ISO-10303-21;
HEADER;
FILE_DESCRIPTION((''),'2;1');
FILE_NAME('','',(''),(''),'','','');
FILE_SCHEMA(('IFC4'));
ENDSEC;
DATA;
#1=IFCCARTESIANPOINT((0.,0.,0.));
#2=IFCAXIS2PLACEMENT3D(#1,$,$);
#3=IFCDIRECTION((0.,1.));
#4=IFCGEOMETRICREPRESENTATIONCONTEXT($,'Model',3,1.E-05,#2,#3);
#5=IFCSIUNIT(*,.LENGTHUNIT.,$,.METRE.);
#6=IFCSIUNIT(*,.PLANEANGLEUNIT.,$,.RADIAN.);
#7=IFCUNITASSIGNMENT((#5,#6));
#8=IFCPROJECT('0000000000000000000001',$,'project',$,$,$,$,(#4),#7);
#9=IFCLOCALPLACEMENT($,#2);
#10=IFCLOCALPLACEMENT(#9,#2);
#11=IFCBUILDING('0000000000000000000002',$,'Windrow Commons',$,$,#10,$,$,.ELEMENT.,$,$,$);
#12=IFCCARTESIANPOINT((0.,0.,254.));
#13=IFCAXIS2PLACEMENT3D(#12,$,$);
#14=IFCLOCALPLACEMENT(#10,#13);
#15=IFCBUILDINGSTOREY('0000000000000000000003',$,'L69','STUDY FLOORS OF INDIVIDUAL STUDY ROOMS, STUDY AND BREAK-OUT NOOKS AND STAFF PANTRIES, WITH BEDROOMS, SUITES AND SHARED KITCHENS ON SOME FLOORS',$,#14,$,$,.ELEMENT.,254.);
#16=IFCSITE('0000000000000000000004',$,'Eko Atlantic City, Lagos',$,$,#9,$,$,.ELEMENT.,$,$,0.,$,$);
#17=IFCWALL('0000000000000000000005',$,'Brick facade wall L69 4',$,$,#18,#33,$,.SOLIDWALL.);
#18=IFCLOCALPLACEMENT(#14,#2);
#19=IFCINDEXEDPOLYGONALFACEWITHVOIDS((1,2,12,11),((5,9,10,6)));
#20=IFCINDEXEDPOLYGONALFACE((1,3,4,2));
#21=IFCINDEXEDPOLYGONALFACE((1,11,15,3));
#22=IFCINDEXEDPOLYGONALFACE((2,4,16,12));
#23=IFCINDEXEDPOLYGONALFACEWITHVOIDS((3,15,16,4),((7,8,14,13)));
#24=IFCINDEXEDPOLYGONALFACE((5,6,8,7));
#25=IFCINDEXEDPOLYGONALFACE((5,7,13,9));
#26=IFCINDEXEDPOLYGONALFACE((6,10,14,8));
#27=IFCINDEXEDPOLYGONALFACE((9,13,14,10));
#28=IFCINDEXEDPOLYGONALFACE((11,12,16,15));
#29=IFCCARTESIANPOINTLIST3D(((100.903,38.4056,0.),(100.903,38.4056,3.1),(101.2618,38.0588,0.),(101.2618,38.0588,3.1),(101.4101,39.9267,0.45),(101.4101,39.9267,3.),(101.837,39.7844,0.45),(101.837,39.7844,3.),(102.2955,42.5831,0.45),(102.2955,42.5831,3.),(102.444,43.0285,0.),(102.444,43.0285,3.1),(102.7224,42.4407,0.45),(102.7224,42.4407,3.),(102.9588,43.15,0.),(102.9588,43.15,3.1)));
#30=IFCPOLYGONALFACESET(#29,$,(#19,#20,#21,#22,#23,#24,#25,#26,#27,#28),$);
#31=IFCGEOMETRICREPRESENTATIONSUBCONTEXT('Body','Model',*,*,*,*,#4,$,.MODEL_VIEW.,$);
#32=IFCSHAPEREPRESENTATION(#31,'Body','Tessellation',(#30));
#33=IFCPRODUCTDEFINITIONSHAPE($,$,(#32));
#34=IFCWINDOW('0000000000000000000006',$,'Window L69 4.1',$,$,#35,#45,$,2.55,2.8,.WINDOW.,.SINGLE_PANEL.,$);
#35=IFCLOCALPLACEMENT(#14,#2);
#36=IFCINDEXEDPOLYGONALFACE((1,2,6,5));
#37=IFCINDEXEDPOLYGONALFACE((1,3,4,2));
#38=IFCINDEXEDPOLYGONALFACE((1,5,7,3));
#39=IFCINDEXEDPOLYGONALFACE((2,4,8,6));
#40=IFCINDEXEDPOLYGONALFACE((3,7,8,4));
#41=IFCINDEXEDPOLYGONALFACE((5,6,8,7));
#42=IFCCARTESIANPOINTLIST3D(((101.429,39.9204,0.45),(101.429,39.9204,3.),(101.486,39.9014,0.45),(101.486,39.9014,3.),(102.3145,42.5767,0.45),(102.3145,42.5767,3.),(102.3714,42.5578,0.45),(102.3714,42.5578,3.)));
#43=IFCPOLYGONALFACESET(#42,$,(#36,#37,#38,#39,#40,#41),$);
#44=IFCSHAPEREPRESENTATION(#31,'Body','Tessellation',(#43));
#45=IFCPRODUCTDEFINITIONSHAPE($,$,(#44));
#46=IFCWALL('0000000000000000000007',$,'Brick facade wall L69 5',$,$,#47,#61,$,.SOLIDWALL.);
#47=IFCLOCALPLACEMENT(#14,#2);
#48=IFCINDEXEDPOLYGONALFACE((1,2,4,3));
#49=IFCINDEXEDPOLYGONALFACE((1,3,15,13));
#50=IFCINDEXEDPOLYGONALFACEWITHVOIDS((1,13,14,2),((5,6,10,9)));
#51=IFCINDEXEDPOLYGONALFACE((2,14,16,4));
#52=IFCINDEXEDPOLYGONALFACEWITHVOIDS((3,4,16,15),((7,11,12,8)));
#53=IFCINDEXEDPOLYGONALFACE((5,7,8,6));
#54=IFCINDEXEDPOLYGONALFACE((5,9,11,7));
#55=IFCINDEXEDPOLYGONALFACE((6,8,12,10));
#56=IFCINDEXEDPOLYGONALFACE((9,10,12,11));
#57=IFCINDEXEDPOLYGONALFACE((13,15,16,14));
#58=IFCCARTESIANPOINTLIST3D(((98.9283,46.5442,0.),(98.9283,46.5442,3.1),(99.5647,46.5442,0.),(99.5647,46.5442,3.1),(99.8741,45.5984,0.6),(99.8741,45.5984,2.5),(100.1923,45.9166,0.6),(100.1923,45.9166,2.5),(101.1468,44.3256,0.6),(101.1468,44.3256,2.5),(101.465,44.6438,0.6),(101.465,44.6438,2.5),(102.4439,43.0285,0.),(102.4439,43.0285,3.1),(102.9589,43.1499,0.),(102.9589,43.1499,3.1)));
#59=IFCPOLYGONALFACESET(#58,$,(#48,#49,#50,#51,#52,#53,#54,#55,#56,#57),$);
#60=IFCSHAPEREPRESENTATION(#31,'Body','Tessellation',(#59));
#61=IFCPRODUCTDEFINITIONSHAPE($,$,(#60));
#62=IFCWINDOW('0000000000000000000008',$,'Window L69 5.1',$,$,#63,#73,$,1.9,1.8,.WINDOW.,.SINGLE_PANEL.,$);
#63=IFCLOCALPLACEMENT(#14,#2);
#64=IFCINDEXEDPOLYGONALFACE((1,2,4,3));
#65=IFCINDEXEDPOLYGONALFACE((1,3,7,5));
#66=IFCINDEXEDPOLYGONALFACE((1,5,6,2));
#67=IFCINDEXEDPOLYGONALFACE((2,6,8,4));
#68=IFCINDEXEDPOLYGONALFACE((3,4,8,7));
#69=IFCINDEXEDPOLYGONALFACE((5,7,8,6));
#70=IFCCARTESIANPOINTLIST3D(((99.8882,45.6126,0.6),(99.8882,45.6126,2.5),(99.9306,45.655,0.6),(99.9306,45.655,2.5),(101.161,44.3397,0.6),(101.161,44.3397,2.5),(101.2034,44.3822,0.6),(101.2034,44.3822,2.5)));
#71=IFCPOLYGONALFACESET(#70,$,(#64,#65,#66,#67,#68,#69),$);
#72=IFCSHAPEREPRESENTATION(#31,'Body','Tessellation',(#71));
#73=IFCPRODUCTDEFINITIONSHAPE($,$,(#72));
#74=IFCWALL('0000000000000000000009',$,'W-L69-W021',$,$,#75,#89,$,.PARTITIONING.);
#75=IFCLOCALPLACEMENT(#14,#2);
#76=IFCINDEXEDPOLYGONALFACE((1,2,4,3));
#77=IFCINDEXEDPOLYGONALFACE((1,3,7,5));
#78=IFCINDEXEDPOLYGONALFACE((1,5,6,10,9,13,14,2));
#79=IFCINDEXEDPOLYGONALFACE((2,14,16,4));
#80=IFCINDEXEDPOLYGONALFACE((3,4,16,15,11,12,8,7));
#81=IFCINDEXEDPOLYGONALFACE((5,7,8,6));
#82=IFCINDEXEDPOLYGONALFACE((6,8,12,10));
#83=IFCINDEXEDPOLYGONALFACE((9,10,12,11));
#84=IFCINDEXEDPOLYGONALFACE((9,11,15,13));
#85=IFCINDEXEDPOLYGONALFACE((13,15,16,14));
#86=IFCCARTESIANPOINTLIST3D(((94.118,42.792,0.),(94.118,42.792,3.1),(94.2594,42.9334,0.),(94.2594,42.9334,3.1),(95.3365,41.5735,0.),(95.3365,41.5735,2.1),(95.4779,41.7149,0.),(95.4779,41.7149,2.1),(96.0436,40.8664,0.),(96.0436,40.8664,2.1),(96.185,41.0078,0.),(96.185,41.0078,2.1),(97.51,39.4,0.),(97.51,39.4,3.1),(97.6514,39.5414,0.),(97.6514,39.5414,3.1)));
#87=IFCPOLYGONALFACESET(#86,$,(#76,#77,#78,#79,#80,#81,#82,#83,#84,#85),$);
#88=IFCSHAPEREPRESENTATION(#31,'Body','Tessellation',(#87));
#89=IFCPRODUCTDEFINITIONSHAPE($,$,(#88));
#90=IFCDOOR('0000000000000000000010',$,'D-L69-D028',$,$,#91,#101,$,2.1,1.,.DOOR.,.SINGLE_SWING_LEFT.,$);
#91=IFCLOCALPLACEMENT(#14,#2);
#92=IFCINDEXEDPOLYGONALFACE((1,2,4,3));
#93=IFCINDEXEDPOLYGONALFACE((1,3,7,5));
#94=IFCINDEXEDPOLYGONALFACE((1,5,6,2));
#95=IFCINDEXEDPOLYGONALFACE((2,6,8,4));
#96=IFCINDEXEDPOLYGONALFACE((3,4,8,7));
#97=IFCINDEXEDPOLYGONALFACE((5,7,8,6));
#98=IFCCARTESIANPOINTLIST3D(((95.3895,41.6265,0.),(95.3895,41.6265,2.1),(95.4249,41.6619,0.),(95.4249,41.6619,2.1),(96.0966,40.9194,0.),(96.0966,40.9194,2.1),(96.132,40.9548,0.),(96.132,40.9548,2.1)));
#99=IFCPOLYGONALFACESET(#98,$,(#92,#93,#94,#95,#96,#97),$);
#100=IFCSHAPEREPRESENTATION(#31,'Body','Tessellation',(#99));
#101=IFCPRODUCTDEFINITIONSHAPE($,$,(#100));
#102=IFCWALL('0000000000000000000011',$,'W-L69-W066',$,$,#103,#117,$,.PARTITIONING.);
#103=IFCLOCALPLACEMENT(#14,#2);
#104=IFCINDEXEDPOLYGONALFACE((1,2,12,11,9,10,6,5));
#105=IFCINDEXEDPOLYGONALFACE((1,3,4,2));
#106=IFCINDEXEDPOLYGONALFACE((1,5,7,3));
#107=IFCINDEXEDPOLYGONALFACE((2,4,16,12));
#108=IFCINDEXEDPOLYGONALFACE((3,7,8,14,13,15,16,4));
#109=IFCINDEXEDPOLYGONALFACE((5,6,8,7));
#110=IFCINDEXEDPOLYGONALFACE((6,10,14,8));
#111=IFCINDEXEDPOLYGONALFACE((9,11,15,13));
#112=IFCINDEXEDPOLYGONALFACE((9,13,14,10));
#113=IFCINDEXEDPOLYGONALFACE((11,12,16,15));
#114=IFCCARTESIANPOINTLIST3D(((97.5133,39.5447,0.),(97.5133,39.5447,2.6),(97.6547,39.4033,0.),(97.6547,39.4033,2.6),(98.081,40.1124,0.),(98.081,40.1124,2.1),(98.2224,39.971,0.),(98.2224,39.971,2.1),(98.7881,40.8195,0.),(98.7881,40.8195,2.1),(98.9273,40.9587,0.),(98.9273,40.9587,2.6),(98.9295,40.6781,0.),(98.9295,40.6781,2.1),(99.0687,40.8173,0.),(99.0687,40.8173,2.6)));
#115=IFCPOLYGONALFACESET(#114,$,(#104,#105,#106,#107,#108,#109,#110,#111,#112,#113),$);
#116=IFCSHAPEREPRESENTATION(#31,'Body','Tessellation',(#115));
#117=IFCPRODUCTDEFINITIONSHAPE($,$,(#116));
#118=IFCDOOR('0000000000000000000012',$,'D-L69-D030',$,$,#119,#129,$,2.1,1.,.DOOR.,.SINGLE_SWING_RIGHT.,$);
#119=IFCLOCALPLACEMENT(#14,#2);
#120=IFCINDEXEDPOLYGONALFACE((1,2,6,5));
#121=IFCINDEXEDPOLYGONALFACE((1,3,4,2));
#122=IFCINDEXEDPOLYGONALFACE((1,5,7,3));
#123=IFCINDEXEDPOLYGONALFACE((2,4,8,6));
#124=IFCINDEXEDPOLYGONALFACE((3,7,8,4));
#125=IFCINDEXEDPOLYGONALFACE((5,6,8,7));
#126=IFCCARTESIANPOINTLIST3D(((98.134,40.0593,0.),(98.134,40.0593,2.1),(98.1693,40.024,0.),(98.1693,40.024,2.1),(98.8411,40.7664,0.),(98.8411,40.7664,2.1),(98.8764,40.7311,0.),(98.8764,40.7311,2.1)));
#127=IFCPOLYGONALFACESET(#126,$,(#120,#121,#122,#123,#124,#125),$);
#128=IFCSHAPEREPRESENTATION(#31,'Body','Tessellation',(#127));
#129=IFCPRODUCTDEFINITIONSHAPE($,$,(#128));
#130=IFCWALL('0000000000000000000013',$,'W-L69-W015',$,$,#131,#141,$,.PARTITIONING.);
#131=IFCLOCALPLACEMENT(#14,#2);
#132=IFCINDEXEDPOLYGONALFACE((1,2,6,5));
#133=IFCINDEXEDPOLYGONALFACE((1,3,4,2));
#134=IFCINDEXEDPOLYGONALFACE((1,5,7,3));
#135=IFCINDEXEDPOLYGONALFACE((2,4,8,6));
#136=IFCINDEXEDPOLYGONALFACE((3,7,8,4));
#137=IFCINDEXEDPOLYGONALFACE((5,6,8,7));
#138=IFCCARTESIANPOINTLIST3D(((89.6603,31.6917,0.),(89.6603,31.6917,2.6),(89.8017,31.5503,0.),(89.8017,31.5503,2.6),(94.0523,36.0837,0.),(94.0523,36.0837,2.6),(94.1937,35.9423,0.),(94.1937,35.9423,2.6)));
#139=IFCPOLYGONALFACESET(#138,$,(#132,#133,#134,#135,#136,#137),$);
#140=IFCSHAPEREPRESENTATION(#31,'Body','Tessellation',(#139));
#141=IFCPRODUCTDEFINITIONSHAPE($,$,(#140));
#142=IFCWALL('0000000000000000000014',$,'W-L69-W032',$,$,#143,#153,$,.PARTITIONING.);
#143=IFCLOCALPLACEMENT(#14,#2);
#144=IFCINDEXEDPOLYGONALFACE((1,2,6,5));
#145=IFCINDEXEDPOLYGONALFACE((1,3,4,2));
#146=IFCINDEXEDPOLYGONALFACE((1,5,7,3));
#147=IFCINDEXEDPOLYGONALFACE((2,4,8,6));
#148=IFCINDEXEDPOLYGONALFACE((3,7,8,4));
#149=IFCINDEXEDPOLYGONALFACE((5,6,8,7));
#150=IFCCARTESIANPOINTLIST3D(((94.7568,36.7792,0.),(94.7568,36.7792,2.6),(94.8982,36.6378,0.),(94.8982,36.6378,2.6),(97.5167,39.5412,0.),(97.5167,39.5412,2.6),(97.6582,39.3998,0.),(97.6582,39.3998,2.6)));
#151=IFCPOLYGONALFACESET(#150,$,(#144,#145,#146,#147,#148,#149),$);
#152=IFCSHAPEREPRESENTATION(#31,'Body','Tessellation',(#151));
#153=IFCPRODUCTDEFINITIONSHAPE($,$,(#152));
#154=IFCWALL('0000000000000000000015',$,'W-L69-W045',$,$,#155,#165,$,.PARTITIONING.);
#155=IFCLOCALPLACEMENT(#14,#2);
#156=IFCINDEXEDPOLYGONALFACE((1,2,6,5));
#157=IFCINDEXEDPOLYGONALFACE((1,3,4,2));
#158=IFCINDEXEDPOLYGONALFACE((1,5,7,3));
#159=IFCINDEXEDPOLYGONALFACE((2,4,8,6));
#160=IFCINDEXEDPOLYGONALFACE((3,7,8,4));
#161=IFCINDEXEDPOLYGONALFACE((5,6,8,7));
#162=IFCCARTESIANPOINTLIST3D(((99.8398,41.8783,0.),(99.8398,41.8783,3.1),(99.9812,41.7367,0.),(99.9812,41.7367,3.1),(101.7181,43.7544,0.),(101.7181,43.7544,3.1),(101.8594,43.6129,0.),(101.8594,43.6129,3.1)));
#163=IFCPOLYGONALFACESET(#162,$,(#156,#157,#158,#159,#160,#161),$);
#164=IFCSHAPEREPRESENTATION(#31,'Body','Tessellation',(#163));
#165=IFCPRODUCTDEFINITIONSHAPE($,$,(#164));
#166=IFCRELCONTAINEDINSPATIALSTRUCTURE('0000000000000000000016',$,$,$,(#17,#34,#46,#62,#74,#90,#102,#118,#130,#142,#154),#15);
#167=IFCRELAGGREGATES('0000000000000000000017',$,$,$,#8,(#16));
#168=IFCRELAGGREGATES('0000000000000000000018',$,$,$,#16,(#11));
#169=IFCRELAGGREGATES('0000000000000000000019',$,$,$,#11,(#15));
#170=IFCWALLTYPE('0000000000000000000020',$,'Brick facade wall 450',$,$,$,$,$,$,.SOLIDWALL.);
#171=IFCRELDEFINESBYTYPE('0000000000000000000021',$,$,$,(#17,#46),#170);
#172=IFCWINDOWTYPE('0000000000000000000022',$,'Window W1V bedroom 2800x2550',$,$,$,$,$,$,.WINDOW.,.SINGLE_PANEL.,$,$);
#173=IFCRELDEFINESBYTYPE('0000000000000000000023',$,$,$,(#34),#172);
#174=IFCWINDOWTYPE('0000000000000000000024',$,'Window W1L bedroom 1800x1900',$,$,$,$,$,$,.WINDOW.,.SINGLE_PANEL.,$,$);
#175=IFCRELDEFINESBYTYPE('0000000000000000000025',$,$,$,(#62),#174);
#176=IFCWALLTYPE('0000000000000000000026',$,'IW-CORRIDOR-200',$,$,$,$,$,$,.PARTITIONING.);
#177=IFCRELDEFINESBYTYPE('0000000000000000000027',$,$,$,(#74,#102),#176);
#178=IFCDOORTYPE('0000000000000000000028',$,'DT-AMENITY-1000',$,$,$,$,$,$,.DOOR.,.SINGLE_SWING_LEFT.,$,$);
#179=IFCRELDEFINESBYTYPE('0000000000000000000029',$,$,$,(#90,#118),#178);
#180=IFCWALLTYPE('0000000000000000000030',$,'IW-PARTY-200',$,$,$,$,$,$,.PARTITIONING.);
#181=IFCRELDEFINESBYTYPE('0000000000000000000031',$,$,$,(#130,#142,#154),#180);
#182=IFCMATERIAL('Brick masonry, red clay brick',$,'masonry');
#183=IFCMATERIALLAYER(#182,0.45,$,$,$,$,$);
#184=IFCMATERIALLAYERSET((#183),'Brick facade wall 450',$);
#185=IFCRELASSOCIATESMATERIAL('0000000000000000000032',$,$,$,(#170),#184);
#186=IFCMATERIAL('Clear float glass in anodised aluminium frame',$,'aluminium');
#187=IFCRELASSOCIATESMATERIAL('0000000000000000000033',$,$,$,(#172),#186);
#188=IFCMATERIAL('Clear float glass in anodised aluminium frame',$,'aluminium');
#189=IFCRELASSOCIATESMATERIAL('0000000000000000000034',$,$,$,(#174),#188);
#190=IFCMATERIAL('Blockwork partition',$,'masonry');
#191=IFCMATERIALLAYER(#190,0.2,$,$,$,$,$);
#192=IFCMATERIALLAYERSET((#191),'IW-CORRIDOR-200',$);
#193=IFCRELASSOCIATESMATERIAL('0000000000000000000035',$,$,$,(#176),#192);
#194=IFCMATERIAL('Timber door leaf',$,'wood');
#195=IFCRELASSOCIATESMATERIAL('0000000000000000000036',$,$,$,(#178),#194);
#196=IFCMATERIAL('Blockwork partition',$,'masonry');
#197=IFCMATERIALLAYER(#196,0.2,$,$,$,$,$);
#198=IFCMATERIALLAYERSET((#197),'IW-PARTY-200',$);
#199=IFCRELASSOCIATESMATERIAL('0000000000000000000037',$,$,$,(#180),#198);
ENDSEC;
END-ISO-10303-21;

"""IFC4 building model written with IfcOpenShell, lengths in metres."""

from ifc_helpers import new_model, si_unit, direction, frame, frame_2d, origin, place, context, subcontext, project, spatial, polyline, rectangle, outline, extrude, material, layer, layer_set, type_object, element, fill, save


model = new_model("IFC4")

# Units and contexts
model_context = context("Model", 3, precision=1e-05, world=origin(), true_north=direction((0.0, 1.0)))
body_context = subcontext(model_context, "Body", "Model", "MODEL_VIEW")
ifc_project = project(units=[si_unit("LENGTHUNIT", "METRE"), si_unit("PLANEANGLEUNIT", "RADIAN")], contexts=[model_context])

# Site, building, storey
site_placement = place(None, origin())
site = spatial("IfcSite", under=ifc_project, at=site_placement, Name="Eko Atlantic City, Lagos", CompositionType="ELEMENT", RefElevation=0.0)
building_placement = place(site_placement, origin())
building = spatial("IfcBuilding", under=site, at=building_placement, Name="Windrow Commons", CompositionType="ELEMENT")
storey_placement = place(building_placement, frame((0.0, 0.0, 254.0)))
storey = spatial("IfcBuildingStorey", under=building, at=storey_placement, Name="L69", Description="STUDY FLOORS OF INDIVIDUAL STUDY ROOMS, STUDY AND BREAK-OUT NOOKS AND STAFF PANTRIES, WITH BEDROOMS, SUITES AND SHARED KITCHENS ON SOME FLOORS", CompositionType="ELEMENT", Elevation=254.0)

# Walls, openings, windows
ifc_material_1 = material(Name="Brick masonry, red clay brick", Category="masonry")
ifc_layer_1 = layer(ifc_material_1, 0.45)
ifc_layer_set_1 = layer_set([ifc_layer_1], Name="Brick facade wall 450")
wall_type_1 = type_object("IfcWallType", Name="Brick facade wall 450", PredefinedType="SOLIDWALL", material=ifc_layer_set_1)
ifc_material_2 = material(Name="Clear float glass in anodised aluminium frame", Category="aluminium")
window_type_1 = type_object("IfcWindowType", Name="Window W1V bedroom 2800x2550", PartitioningType="SINGLE_PANEL", PredefinedType="WINDOW", material=ifc_material_2)
wall_1_placement = place(storey_placement, frame((101.0824, 38.2322, 0.0), z_axis=(0.0, 0.0, 1.0), x_axis=(0.316228, 0.948683, 0.0)))
wall_1 = element("IfcWall", 1, at=wall_1_placement, inside=storey, type_object=wall_type_1, Name="Brick facade wall L69 4", PredefinedType="SOLIDWALL", context=body_context, shape_type="SweptSolid", body=[
    extrude(outline(polyline([(-0.1078, -0.225), (5.2588, -0.225), (4.9807, 0.225), (0.1078, 0.225), (-0.1078, -0.225)])), origin(), (0.0, 0.0, 1.0), 3.1),
])
opening_1_placement = place(wall_1_placement, frame((1.7112, 0.0, 0.45)))
opening_1 = element("IfcOpeningElement", 2, at=opening_1_placement, cuts=wall_1, PredefinedType="OPENING", context=body_context, shape_type="SweptSolid", body=[
    extrude(rectangle(XDim=2.8, YDim=2.55, at=frame_2d((1.4, 1.275))), frame((0.0, 0.235, 0.0), z_axis=(0.0, -1.0, 0.0), x_axis=(1.0, 0.0, 0.0)), (0.0, 0.0, 1.0), 0.47),
])
window_1_placement = place(opening_1_placement, origin())
window_1 = element("IfcWindow", 3, at=window_1_placement, inside=storey, type_object=window_type_1, Name="Window L69 4.1", OverallHeight=2.55, OverallWidth=2.8, PartitioningType="SINGLE_PANEL", PredefinedType="WINDOW", context=body_context, shape_type="SweptSolid", body=[
    extrude(rectangle(XDim=2.8, YDim=2.55, at=frame_2d((1.4, 1.275))), frame((0.0, 0.205, 0.0), z_axis=(0.0, -1.0, 0.0), x_axis=(1.0, 0.0, 0.0)), (0.0, 0.0, 1.0), 0.06),
])
fill(opening_1, window_1)
wall_2_placement = place(storey_placement, frame((102.7014, 43.0892, 0.0), z_axis=(0.0, 0.0, 1.0), x_axis=(-0.707097, 0.707117, 0.0)))
wall_2 = element("IfcWall", 4, at=wall_2_placement, inside=storey, type_object=wall_type_1, Name="Brick facade wall L69 5", PredefinedType="SOLIDWALL", context=body_context, shape_type="SweptSolid", body=[
    extrude(outline(polyline([(-0.1391, -0.225), (4.661, -0.225), (5.111, 0.225), (0.1391, 0.225), (-0.1391, -0.225)])), origin(), (0.0, 0.0, 1.0), 3.1),
])
opening_2_placement = place(wall_2_placement, frame((1.9735, 0.0, 0.6)))
opening_2 = element("IfcOpeningElement", 5, at=opening_2_placement, cuts=wall_2, PredefinedType="OPENING", context=body_context, shape_type="SweptSolid", body=[
    extrude(rectangle(XDim=1.8, YDim=1.9, at=frame_2d((0.9, 0.95))), frame((0.0, 0.235, 0.0), z_axis=(0.0, -1.0, 0.0), x_axis=(1.0, 0.0, 0.0)), (0.0, 0.0, 1.0), 0.47),
])
ifc_material_3 = material(Name="Clear float glass in anodised aluminium frame", Category="aluminium")
window_type_2 = type_object("IfcWindowType", Name="Window W1L bedroom 1800x1900", PartitioningType="SINGLE_PANEL", PredefinedType="WINDOW", material=ifc_material_3)
window_2_placement = place(opening_2_placement, origin())
window_2 = element("IfcWindow", 6, at=window_2_placement, inside=storey, type_object=window_type_2, Name="Window L69 5.1", OverallHeight=1.9, OverallWidth=1.8, PartitioningType="SINGLE_PANEL", PredefinedType="WINDOW", context=body_context, shape_type="SweptSolid", body=[
    extrude(rectangle(XDim=1.8, YDim=1.9, at=frame_2d((0.9, 0.95))), frame((0.0, 0.205, 0.0), z_axis=(0.0, -1.0, 0.0), x_axis=(1.0, 0.0, 0.0)), (0.0, 0.0, 1.0), 0.06),
])
fill(opening_2, window_2)

# Walls, openings, doors
ifc_material_4 = material(Name="Blockwork partition", Category="masonry")
ifc_layer_2 = layer(ifc_material_4, 0.2)
ifc_layer_set_2 = layer_set([ifc_layer_2], Name="IW-CORRIDOR-200")
wall_type_2 = type_object("IfcWallType", Name="IW-CORRIDOR-200", PredefinedType="PARTITIONING", material=ifc_layer_set_2)
wall_3_placement = place(storey_placement, frame((94.1887, 42.8627, 0.0), z_axis=(0.0, 0.0, 1.0), x_axis=(0.707107, -0.707107, 0.0)))
wall_3 = element("IfcWall", 7, at=wall_3_placement, inside=storey, type_object=wall_type_2, Name="W-L69-W021", PredefinedType="PARTITIONING", context=body_context, shape_type="SweptSolid", body=[
    extrude(rectangle(XDim=4.797, YDim=0.2, at=frame_2d((2.3985, 0.0))), origin(), (0.0, 0.0, 1.0), 3.1),
])
opening_3_placement = place(wall_3_placement, frame((1.7232, 0.0, 0.0)))
opening_3 = element("IfcOpeningElement", 8, at=opening_3_placement, cuts=wall_3, PredefinedType="OPENING", context=body_context, shape_type="SweptSolid", body=[
    extrude(rectangle(XDim=1.0, YDim=2.1, at=frame_2d((0.5, 1.05))), frame((0.0, 0.11, 0.0), z_axis=(0.0, -1.0, 0.0), x_axis=(1.0, 0.0, 0.0)), (0.0, 0.0, 1.0), 0.22),
])
ifc_material_5 = material(Name="Timber door leaf", Category="wood")
door_type = type_object("IfcDoorType", Name="DT-AMENITY-1000", OperationType="SINGLE_SWING_LEFT", PredefinedType="DOOR", material=ifc_material_5)
door_1_placement = place(opening_3_placement, origin())
door_1 = element("IfcDoor", 9, at=door_1_placement, inside=storey, type_object=door_type, Name="D-L69-D028", OperationType="SINGLE_SWING_LEFT", OverallHeight=2.1, OverallWidth=1.0, PredefinedType="DOOR", context=body_context, shape_type="SweptSolid", body=[
    extrude(rectangle(XDim=1.0, YDim=2.1, at=frame_2d((0.5, 1.05))), frame((0.0, 0.025, 0.0), z_axis=(0.0, -1.0, 0.0), x_axis=(1.0, 0.0, 0.0)), (0.0, 0.0, 1.0), 0.05),
])
fill(opening_3, door_1)
wall_4_placement = place(storey_placement, frame((97.584, 39.474, 0.0), z_axis=(0.0, 0.0, 1.0), x_axis=(0.707107, 0.707107, 0.0)))
wall_4 = element("IfcWall", 10, at=wall_4_placement, inside=storey, type_object=wall_type_2, Name="W-L69-W066", PredefinedType="PARTITIONING", context=body_context, shape_type="SweptSolid", body=[
    extrude(rectangle(XDim=1.9997, YDim=0.2, at=frame_2d((0.9999, 0.0))), origin(), (0.0, 0.0, 1.0), 2.6),
])
opening_4_placement = place(wall_4_placement, frame((0.8028, 0.0, 0.0)))
opening_4 = element("IfcOpeningElement", 11, at=opening_4_placement, cuts=wall_4, PredefinedType="OPENING", context=body_context, shape_type="SweptSolid", body=[
    extrude(rectangle(XDim=1.0, YDim=2.1, at=frame_2d((0.5, 1.05))), frame((0.0, 0.11, 0.0), z_axis=(0.0, -1.0, 0.0), x_axis=(1.0, 0.0, 0.0)), (0.0, 0.0, 1.0), 0.22),
])
door_2_placement = place(opening_4_placement, origin())
door_2 = element("IfcDoor", 12, at=door_2_placement, inside=storey, type_object=door_type, Name="D-L69-D030", OperationType="SINGLE_SWING_RIGHT", OverallHeight=2.1, OverallWidth=1.0, PredefinedType="DOOR", context=body_context, shape_type="SweptSolid", body=[
    extrude(rectangle(XDim=1.0, YDim=2.1, at=frame_2d((0.5, 1.05))), frame((0.0, 0.025, 0.0), z_axis=(0.0, -1.0, 0.0), x_axis=(1.0, 0.0, 0.0)), (0.0, 0.0, 1.0), 0.05),
])
fill(opening_4, door_2)

# Walls
ifc_material_6 = material(Name="Blockwork partition", Category="masonry")
ifc_layer_3 = layer(ifc_material_6, 0.2)
ifc_layer_set_3 = layer_set([ifc_layer_3], Name="IW-PARTY-200")
wall_type_3 = type_object("IfcWallType", Name="IW-PARTY-200", PredefinedType="PARTITIONING", material=ifc_layer_set_3)
wall_5_placement = place(storey_placement, frame((89.731, 31.621, 0.0), z_axis=(0.0, 0.0, 1.0), x_axis=(0.707107, 0.707107, 0.0)))
element("IfcWall", 13, at=wall_5_placement, inside=storey, type_object=wall_type_3, Name="W-L69-W015", PredefinedType="PARTITIONING", context=body_context, shape_type="SweptSolid", body=[
    extrude(rectangle(XDim=6.2112, YDim=0.2, at=frame_2d((3.1056, 0.0))), origin(), (0.0, 0.0, 1.0), 2.6),
])
wall_6_placement = place(storey_placement, frame((94.8275, 36.7085, 0.0), z_axis=(0.0, 0.0, 1.0), x_axis=(0.706851, 0.707363, 0.0)))
element("IfcWall", 14, at=wall_6_placement, inside=storey, type_object=wall_type_3, Name="W-L69-W032", PredefinedType="PARTITIONING", context=body_context, shape_type="SweptSolid", body=[
    extrude(rectangle(XDim=3.9046, YDim=0.2, at=frame_2d((1.9523, 0.0))), origin(), (0.0, 0.0, 1.0), 2.6),
])
wall_7_placement = place(storey_placement, frame((99.9105, 41.8075, 0.0), z_axis=(0.0, 0.0, 1.0), x_axis=(0.707502, 0.706711, 0.0)))
element("IfcWall", 15, at=wall_7_placement, inside=storey, type_object=wall_type_3, Name="W-L69-W045", PredefinedType="PARTITIONING", context=body_context, shape_type="SweptSolid", body=[
    extrude(rectangle(XDim=2.6548, YDim=0.2, at=frame_2d((1.3274, 0.0))), origin(), (0.0, 0.0, 1.0), 3.1),
])

save(model, "model.ifc")
